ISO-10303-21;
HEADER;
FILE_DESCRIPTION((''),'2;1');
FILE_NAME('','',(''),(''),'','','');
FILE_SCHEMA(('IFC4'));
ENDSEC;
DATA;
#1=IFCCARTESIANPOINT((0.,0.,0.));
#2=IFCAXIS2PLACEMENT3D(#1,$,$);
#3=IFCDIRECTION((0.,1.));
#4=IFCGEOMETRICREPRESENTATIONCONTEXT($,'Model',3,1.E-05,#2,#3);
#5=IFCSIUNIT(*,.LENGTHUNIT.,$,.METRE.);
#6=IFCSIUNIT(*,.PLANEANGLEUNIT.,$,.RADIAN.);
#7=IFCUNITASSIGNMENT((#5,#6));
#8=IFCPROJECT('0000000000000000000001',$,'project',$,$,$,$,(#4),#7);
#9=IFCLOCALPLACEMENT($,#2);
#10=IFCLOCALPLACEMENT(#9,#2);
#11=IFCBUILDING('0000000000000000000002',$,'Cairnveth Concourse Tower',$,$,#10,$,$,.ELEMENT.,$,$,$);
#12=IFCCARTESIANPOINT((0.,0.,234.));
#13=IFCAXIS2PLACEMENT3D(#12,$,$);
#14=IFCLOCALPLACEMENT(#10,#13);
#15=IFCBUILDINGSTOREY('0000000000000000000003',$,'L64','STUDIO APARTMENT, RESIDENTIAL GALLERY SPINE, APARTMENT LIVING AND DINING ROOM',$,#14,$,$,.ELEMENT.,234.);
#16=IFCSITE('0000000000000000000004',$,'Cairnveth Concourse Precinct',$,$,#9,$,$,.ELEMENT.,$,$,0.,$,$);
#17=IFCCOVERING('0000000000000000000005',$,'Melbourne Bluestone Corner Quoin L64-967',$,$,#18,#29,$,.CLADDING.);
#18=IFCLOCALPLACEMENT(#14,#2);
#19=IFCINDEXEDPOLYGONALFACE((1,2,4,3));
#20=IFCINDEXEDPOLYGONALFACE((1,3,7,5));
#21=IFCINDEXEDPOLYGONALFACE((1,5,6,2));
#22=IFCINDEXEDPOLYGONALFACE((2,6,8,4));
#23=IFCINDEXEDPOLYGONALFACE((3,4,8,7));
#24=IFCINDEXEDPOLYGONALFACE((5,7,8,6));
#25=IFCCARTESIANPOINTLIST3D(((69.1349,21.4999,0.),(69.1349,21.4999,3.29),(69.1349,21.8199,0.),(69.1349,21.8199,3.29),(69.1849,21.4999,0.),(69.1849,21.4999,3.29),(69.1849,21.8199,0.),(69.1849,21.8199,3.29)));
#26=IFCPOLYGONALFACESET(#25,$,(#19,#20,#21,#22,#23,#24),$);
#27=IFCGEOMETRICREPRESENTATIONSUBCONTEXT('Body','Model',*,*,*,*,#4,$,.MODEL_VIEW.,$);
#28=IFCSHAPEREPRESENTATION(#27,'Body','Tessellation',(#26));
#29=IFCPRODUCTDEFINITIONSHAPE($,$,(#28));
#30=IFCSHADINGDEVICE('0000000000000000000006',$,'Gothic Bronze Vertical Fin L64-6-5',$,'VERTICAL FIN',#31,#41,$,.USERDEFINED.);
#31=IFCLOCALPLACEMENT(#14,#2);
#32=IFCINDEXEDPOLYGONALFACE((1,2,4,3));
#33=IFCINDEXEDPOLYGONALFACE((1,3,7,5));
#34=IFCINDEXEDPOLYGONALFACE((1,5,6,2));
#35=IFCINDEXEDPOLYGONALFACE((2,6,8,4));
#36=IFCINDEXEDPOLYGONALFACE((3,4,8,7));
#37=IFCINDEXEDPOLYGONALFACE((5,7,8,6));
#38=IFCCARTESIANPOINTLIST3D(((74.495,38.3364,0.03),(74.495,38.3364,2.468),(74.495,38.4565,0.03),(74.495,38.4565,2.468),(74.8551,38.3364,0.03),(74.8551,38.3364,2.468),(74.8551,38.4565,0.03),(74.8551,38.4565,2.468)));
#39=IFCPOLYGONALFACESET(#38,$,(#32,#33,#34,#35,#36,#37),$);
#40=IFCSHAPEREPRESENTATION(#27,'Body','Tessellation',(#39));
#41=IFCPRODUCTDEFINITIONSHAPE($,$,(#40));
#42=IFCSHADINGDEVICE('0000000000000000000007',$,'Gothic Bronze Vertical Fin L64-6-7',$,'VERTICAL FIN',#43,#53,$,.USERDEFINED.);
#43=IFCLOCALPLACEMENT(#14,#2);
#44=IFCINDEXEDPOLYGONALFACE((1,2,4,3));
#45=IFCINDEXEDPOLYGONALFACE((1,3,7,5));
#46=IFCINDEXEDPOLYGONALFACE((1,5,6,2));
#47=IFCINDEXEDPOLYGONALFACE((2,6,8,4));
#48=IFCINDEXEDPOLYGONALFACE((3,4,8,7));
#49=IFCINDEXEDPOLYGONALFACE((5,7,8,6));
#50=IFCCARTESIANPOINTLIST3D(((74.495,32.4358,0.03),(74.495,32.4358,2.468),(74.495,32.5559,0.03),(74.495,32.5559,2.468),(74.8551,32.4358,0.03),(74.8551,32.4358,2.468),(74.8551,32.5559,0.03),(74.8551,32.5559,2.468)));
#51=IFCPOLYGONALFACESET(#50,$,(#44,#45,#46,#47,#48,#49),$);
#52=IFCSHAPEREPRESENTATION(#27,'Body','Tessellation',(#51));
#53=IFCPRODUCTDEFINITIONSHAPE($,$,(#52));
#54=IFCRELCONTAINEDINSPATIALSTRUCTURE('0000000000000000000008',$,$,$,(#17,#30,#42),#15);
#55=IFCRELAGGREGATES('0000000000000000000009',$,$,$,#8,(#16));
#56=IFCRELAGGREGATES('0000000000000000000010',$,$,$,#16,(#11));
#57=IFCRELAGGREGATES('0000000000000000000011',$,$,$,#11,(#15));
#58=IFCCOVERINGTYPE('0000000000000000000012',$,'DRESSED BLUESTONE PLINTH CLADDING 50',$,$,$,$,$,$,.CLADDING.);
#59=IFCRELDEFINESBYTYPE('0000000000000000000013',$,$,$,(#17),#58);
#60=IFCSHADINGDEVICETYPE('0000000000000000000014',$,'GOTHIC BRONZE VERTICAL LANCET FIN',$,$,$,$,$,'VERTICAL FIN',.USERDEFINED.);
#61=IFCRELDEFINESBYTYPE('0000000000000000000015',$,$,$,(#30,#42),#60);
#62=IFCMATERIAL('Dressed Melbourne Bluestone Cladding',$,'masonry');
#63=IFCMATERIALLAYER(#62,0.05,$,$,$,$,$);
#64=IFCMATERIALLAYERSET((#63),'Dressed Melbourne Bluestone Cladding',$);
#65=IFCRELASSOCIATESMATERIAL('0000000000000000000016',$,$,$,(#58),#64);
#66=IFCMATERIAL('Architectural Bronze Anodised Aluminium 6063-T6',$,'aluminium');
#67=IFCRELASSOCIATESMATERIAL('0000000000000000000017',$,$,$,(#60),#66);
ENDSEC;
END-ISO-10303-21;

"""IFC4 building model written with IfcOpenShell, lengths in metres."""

from ifc_helpers import new_model, si_unit, direction, frame, frame_2d, origin, origin_2d, place, context, subcontext, project, spatial, rectangle, extrude, material, layer, layer_set, type_object, element, save


model = new_model("IFC4")

# Units and contexts
model_context = context("Model", 3, precision=1e-05, world=origin(), true_north=direction((0.0, 1.0)))
body_context = subcontext(model_context, "Body", "Model", "MODEL_VIEW")
ifc_project = project(units=[si_unit("LENGTHUNIT", "METRE"), si_unit("PLANEANGLEUNIT", "RADIAN")], contexts=[model_context])

# Site, building, storey
site_placement = place(None, origin())
site = spatial("IfcSite", under=ifc_project, at=site_placement, Name="Cairnveth Concourse Precinct", CompositionType="ELEMENT", RefElevation=0.0)
building_placement = place(site_placement, origin())
building = spatial("IfcBuilding", under=site, at=building_placement, Name="Cairnveth Concourse Tower", CompositionType="ELEMENT")
storey_placement = place(building_placement, frame((0.0, 0.0, 234.0)))
storey = spatial("IfcBuildingStorey", under=building, at=storey_placement, Name="L64", Description="STUDIO APARTMENT, RESIDENTIAL GALLERY SPINE, APARTMENT LIVING AND DINING ROOM", CompositionType="ELEMENT", Elevation=234.0)

# Covering
ifc_material_1 = material(Name="Dressed Melbourne Bluestone Cladding", Category="masonry")
ifc_layer_1 = layer(ifc_material_1, 0.05)
ifc_layer_set_1 = layer_set([ifc_layer_1], Name="Dressed Melbourne Bluestone Cladding")
covering_type = type_object("IfcCoveringType", Name="DRESSED BLUESTONE PLINTH CLADDING 50", PredefinedType="CLADDING", material=ifc_layer_set_1)
for number, where, z_axis, x_axis, name in (
    (1, (69.1599, 21.8201, 0.0), (0.0, 0.0, 1.0), (0.0, -1.0, 0.0), "Melbourne Bluestone Corner Quoin L64-967"),
):
    element("IfcCovering", number, at=place(storey_placement, frame(where, z_axis=z_axis, x_axis=x_axis)), inside=storey, type_object=covering_type, Name=name, PredefinedType="CLADDING", context=body_context, shape_type="SweptSolid", body=[
        extrude(rectangle(XDim=0.3201, YDim=0.05, at=frame_2d((0.1602, 0.0))), origin(), (0.0, 0.0, 1.0), 3.29),
    ])

# Shading devices
ifc_material_2 = material(Name="Architectural Bronze Anodised Aluminium 6063-T6", Category="aluminium")
shading_device_type = type_object("IfcShadingDeviceType", Name="GOTHIC BRONZE VERTICAL LANCET FIN", ElementType="VERTICAL FIN", PredefinedType="USERDEFINED", material=ifc_material_2)
for number, where, z_axis, x_axis, name in (
    (2, (74.675, 38.3965, 0.03), (0.0, 0.0, 1.0), (0.0, 1.0, 0.0), "Gothic Bronze Vertical Fin L64-6-5"),
    (3, (74.675, 32.4958, 0.03), (0.0, 0.0, 1.0), (0.0, 1.0, 0.0), "Gothic Bronze Vertical Fin L64-6-7"),
):
    element("IfcShadingDevice", number, at=place(storey_placement, frame(where, z_axis=z_axis, x_axis=x_axis)), inside=storey, type_object=shading_device_type, Name=name, ObjectType="VERTICAL FIN", PredefinedType="USERDEFINED", context=body_context, shape_type="SweptSolid", body=[
        extrude(rectangle(XDim=0.1201, YDim=0.3601, at=origin_2d()), origin(), (0.0, 0.0, 1.0), 2.438),
    ])

save(model, "model.ifc")
